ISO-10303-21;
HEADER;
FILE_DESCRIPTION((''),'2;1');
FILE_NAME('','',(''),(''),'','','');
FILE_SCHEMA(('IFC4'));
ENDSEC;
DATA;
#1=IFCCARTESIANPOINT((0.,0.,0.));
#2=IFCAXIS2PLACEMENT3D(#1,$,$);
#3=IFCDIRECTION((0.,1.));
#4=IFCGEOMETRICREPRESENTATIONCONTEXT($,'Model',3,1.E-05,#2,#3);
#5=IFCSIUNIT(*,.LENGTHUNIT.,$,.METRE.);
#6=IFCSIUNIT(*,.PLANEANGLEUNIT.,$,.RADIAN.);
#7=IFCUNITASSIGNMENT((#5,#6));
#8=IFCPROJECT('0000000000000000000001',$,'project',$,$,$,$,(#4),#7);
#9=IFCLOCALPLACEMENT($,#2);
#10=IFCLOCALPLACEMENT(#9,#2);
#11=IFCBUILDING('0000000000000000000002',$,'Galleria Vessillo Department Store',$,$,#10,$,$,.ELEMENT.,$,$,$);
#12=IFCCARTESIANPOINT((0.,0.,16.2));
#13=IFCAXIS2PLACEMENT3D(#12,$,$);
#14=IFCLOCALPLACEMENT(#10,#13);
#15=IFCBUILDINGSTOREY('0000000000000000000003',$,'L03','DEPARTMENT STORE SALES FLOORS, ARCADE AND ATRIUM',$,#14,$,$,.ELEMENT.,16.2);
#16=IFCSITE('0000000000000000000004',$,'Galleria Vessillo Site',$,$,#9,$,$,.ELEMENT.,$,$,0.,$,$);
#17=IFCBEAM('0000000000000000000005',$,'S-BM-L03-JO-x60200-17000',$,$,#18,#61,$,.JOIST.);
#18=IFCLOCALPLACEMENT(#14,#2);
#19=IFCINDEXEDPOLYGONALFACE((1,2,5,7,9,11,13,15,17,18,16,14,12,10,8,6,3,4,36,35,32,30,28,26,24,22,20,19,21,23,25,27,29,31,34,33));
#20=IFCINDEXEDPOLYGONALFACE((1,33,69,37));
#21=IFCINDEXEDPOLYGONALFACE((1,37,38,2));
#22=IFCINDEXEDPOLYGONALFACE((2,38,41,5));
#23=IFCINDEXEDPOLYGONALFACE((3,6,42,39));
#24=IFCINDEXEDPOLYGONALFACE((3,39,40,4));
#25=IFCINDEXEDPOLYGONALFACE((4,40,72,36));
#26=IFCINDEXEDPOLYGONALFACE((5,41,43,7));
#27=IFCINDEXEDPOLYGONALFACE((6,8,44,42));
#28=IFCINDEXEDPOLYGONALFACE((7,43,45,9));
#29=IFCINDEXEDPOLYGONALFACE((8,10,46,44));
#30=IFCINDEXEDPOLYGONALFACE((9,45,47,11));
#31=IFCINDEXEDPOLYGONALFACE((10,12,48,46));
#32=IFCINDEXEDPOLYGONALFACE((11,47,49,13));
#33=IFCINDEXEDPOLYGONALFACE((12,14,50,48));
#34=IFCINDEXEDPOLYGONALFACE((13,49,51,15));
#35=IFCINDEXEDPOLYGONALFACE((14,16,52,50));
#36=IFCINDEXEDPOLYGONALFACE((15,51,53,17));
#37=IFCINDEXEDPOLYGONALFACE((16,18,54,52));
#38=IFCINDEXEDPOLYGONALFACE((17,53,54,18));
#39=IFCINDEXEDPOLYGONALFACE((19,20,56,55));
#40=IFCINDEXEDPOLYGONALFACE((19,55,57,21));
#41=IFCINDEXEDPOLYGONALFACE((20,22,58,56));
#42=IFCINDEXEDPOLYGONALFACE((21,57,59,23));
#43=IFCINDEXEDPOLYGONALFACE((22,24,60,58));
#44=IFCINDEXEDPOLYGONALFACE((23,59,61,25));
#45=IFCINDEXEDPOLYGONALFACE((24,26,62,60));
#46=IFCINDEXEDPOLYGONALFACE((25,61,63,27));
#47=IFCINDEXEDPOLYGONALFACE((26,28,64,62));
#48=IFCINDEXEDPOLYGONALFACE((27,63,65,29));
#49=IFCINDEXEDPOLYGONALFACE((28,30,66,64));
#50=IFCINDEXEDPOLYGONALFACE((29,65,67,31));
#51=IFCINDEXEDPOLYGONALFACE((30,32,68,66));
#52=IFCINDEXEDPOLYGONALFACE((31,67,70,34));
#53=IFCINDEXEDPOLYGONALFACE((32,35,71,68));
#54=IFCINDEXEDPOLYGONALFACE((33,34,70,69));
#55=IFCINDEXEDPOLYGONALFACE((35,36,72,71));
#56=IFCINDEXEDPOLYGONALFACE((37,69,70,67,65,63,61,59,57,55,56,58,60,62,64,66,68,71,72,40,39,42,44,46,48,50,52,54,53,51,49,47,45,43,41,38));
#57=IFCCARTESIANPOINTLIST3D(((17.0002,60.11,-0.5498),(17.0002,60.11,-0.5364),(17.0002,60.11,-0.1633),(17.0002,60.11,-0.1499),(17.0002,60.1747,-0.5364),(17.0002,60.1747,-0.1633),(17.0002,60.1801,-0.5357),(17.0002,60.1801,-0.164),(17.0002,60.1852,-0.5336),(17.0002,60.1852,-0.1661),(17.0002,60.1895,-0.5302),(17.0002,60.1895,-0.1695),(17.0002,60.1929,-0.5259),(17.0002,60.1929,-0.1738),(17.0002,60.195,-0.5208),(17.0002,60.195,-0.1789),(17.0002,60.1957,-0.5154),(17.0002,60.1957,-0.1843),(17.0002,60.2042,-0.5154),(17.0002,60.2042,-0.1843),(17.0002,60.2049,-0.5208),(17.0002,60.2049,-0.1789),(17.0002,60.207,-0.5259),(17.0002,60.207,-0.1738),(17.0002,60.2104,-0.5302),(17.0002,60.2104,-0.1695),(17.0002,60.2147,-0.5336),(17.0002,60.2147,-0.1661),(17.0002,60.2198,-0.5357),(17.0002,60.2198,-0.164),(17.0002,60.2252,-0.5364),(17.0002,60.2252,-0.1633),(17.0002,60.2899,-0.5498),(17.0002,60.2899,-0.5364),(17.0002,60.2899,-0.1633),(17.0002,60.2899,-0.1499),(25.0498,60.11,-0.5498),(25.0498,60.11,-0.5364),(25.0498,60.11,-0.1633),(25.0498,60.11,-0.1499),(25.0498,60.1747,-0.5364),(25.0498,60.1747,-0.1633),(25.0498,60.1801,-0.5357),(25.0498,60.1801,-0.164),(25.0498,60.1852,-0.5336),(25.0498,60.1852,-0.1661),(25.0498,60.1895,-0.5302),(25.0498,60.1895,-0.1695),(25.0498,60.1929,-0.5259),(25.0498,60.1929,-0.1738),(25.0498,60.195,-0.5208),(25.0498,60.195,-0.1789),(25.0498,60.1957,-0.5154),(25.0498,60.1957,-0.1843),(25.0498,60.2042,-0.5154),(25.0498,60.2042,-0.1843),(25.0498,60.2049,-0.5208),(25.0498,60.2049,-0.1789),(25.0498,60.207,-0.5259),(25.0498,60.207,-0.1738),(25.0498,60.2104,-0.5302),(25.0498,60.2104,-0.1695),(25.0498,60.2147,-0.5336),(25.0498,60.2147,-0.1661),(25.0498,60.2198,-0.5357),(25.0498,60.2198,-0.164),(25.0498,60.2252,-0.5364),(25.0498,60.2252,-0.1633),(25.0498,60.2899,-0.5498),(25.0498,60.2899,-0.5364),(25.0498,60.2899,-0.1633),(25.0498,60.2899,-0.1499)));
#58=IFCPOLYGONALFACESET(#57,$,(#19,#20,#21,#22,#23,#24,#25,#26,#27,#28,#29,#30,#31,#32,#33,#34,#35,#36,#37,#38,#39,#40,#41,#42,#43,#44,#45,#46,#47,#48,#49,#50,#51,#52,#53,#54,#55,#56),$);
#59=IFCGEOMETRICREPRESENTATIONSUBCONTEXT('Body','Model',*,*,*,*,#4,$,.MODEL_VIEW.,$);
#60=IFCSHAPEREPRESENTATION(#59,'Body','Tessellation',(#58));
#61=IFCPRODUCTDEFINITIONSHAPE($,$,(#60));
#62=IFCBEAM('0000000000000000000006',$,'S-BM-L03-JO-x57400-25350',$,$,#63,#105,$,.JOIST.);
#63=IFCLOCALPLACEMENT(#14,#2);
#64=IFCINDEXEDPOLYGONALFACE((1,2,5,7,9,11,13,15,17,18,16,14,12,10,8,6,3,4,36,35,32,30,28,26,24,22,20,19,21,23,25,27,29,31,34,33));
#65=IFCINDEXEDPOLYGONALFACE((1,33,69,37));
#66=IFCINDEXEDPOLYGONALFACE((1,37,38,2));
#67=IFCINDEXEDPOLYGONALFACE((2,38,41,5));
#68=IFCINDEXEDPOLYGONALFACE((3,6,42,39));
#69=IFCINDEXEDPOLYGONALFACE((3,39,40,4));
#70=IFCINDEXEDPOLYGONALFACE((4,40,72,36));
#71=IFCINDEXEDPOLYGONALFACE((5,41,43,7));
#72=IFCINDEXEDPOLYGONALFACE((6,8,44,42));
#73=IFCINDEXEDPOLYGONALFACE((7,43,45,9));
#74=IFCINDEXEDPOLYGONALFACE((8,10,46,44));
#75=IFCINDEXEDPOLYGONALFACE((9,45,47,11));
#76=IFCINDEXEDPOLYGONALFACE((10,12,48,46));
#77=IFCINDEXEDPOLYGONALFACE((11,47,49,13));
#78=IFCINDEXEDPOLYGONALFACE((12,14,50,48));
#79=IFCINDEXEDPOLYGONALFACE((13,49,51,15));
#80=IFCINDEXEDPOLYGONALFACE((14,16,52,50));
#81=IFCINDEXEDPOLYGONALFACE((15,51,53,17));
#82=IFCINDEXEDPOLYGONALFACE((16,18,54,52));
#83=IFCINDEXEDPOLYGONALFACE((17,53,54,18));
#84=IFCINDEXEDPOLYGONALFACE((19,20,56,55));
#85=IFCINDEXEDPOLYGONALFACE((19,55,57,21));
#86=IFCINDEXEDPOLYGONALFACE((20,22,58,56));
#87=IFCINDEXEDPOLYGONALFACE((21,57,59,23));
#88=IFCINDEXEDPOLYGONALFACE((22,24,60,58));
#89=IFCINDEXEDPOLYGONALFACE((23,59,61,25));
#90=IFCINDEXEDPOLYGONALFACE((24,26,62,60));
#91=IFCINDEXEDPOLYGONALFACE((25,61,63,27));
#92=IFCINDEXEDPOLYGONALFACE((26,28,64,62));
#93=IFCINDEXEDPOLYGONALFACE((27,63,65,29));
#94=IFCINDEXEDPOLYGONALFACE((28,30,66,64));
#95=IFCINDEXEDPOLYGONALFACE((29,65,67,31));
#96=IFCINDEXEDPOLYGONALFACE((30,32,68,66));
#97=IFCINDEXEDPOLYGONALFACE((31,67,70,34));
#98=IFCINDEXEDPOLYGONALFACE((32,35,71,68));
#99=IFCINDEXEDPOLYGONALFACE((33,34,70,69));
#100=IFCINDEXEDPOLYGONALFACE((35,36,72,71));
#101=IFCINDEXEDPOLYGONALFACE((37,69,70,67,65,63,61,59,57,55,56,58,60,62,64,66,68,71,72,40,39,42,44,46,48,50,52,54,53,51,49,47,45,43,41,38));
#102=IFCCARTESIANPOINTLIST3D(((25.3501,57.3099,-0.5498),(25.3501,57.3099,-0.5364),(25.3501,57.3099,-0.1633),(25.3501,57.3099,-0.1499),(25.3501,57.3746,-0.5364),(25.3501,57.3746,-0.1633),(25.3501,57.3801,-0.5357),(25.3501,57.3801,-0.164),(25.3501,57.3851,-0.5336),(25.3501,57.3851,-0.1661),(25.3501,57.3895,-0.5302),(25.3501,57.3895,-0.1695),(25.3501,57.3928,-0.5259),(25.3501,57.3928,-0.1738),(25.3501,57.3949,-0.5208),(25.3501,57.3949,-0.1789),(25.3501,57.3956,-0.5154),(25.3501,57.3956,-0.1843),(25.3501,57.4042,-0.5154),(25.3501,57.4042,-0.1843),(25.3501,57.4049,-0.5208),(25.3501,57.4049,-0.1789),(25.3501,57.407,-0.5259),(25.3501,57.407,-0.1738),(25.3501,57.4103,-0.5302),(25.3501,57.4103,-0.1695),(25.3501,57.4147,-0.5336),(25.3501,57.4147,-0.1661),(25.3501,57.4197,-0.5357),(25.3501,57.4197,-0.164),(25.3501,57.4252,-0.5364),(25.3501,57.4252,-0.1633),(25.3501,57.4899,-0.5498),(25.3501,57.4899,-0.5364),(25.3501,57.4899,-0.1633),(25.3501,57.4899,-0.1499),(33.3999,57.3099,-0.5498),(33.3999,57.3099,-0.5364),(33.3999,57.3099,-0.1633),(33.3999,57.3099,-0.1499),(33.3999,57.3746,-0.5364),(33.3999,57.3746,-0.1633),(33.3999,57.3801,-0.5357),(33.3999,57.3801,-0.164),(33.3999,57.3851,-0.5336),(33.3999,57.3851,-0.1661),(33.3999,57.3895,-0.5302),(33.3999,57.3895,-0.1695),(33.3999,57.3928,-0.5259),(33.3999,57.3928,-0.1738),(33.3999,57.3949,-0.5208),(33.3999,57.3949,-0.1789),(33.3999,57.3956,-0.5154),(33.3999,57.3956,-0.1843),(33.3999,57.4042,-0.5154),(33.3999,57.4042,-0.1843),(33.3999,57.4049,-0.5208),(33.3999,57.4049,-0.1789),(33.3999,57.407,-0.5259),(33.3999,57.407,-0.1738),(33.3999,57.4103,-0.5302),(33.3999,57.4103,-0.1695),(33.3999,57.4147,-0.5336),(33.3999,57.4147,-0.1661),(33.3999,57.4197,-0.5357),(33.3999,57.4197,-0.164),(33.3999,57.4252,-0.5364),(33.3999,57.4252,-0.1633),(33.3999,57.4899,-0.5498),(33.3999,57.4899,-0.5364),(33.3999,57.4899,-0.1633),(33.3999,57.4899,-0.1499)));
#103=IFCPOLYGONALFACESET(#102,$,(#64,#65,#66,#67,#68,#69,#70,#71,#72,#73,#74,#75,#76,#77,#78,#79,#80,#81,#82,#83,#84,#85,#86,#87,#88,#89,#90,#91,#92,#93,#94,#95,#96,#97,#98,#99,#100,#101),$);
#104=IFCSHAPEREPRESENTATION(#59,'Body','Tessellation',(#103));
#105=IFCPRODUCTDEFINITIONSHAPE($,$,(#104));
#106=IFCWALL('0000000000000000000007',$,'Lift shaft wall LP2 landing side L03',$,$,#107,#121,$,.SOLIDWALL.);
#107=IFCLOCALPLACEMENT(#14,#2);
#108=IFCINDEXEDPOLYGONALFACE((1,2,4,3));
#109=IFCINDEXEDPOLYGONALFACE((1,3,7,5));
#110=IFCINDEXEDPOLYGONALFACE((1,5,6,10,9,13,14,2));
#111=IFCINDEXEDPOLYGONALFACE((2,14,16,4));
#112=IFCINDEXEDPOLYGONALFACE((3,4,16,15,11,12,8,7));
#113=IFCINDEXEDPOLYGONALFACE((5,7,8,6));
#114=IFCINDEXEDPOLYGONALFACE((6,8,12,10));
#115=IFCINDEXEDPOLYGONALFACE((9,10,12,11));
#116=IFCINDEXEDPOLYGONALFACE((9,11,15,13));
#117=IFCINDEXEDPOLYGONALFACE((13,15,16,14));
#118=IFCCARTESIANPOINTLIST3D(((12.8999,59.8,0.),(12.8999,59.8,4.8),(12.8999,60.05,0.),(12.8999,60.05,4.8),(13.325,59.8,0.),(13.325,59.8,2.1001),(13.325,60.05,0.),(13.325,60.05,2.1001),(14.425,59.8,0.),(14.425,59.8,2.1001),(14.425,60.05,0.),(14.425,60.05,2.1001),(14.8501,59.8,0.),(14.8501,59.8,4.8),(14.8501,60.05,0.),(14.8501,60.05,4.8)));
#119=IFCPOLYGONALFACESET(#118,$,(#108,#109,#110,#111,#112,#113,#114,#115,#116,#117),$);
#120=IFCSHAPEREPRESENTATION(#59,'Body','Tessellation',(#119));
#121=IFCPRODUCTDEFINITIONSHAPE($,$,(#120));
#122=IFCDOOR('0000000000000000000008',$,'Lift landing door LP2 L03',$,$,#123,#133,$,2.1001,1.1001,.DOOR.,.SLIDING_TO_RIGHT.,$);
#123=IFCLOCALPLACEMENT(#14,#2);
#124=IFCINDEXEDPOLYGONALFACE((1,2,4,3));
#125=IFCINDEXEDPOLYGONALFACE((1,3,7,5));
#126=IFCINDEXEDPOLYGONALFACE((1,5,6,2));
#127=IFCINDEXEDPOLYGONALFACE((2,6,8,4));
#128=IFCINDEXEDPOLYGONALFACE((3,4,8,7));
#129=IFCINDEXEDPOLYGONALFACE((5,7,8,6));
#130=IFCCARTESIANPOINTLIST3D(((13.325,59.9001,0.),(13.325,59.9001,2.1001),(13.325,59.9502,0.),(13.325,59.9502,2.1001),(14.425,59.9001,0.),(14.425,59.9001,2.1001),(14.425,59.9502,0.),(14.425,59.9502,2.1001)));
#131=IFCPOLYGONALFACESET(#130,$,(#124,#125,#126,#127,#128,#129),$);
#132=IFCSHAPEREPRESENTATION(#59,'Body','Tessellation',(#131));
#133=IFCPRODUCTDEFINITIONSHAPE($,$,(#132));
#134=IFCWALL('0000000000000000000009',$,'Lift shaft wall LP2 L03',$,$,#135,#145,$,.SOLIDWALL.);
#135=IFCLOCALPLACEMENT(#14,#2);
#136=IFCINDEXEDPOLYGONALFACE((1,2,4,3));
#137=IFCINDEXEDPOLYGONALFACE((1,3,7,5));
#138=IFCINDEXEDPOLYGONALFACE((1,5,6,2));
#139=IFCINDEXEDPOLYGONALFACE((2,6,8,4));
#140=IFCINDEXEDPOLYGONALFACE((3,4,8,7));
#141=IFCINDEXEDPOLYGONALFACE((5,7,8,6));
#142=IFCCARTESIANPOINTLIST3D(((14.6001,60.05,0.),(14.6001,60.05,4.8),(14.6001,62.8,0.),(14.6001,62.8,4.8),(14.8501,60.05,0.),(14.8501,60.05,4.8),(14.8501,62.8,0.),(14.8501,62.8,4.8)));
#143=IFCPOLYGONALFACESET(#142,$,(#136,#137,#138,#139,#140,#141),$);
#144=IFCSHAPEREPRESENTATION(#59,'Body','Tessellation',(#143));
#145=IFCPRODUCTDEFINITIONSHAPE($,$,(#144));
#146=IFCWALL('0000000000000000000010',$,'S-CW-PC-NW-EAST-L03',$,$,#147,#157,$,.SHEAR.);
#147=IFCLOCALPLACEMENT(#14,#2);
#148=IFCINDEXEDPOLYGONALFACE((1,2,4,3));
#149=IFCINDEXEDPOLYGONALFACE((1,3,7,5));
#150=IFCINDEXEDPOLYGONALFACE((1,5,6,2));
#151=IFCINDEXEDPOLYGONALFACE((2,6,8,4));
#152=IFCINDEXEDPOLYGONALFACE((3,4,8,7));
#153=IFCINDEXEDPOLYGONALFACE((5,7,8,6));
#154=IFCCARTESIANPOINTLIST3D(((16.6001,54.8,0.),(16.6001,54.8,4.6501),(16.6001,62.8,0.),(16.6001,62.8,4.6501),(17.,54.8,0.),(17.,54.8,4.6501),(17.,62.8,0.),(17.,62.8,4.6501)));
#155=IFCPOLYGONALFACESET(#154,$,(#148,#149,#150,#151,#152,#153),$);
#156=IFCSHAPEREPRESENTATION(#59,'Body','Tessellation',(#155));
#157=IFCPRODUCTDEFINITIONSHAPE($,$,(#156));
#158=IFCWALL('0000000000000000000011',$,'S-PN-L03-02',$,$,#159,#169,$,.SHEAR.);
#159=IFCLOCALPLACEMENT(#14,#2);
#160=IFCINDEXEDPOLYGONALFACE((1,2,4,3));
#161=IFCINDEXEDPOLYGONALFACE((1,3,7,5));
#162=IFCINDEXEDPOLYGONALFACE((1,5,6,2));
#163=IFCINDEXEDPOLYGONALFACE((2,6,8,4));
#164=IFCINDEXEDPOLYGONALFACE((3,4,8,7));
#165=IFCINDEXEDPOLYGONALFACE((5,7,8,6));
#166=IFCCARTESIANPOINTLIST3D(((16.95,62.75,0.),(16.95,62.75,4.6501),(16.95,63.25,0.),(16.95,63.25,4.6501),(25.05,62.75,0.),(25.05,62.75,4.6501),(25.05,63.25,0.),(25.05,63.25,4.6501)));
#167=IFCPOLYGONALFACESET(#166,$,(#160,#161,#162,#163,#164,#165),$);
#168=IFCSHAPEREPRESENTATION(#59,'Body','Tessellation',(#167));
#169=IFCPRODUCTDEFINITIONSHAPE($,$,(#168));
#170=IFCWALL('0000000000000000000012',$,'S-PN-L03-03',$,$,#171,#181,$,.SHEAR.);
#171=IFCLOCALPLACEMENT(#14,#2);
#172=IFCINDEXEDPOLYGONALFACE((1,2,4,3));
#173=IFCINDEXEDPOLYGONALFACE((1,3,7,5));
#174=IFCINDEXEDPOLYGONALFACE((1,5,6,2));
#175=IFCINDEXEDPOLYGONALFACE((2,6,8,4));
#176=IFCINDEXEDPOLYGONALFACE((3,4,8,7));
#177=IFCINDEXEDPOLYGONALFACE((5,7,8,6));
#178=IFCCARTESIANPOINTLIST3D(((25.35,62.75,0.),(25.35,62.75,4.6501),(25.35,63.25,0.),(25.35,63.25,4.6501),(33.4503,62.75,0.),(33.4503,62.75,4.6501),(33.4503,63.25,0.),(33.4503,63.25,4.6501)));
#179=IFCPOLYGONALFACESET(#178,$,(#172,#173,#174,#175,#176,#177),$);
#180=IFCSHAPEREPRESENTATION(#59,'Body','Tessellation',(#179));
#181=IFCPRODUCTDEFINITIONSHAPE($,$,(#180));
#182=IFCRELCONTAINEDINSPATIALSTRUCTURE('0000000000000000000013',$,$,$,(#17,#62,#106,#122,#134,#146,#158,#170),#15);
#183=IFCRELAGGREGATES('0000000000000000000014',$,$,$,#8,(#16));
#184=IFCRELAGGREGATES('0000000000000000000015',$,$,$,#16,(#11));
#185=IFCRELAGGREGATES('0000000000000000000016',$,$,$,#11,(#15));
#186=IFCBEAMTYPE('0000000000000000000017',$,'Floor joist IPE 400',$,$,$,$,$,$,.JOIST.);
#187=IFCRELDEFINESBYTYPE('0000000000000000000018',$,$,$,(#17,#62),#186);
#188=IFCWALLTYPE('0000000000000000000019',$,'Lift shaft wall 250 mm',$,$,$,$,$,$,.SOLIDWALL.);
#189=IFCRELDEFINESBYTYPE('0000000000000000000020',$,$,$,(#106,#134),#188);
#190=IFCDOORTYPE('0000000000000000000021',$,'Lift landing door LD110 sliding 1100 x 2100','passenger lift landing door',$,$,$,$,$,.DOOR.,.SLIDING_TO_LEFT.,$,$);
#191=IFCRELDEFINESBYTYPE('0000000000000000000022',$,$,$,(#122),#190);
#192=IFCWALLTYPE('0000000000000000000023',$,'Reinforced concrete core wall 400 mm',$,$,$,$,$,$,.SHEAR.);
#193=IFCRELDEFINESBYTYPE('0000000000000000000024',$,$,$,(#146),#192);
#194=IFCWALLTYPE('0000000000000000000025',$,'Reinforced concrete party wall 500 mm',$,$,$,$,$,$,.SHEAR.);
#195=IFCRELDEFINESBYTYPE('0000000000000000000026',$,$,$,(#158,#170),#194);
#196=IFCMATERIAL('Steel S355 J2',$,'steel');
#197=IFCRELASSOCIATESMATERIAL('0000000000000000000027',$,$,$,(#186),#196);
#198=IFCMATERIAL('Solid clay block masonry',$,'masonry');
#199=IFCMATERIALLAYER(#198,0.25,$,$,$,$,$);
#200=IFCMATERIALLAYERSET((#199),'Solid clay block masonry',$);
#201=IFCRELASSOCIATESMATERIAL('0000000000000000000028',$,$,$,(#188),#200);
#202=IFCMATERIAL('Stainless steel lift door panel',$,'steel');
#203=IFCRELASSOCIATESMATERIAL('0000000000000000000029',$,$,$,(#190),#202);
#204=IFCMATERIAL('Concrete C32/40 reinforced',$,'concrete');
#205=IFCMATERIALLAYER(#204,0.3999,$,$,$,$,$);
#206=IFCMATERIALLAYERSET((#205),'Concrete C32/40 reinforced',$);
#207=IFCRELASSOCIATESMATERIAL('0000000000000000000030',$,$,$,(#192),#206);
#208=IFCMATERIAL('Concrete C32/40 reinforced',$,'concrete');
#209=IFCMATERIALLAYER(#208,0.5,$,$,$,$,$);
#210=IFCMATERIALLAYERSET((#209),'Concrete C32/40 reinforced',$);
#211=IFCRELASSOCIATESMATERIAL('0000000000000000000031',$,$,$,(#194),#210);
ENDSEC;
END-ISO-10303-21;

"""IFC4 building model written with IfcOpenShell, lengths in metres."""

from ifc_helpers import new_model, si_unit, direction, frame, frame_2d, origin, origin_2d, place, context, subcontext, project, spatial, rectangle, i_section, extrude, material, layer, layer_set, material_profile, profile_set, type_object, element, fill, save


model = new_model("IFC4")

# Units and contexts
model_context = context("Model", 3, precision=1e-05, world=origin(), true_north=direction((0.0, 1.0)))
body_context = subcontext(model_context, "Body", "Model", "MODEL_VIEW")
ifc_project = project(units=[si_unit("LENGTHUNIT", "METRE"), si_unit("PLANEANGLEUNIT", "RADIAN")], contexts=[model_context])

# Site, building, storey
site_placement = place(None, origin())
site = spatial("IfcSite", under=ifc_project, at=site_placement, Name="Galleria Vessillo Site", CompositionType="ELEMENT", RefElevation=0.0)
building_placement = place(site_placement, origin())
building = spatial("IfcBuilding", under=site, at=building_placement, Name="Galleria Vessillo Department Store", CompositionType="ELEMENT")
storey_placement = place(building_placement, frame((0.0, 0.0, 16.2)))
storey = spatial("IfcBuildingStorey", under=building, at=storey_placement, Name="L03", Description="DEPARTMENT STORE SALES FLOORS, ARCADE AND ATRIUM", CompositionType="ELEMENT", Elevation=16.2)

# Beams
ifc_material_1 = material(Name="Steel S355 J2", Category="steel")
ifc_material_profile_1 = material_profile(ifc_material_1, i_section(OverallWidth=0.1799, OverallDepth=0.3999, WebThickness=0.0085, FlangeThickness=0.0134, FilletRadius=0.021, at=origin_2d()), Name="IPE 400")
ifc_profile_set_1 = profile_set([ifc_material_profile_1], Name="Steel S355 J2")
beam_type_1 = type_object("IfcBeamType", Name="Floor joist IPE 400", PredefinedType="JOIST", material=ifc_profile_set_1)
for number, where, z_axis, x_axis, name in (
    (1, (17.0002, 60.2, -0.3499), (1.0, 0.0, 0.0), (0.0, 1.0, 0.0), "S-BM-L03-JO-x60200-17000"),
):
    element("IfcBeam", number, at=place(storey_placement, frame(where, z_axis=z_axis, x_axis=x_axis)), inside=storey, type_object=beam_type_1, Name=name, PredefinedType="JOIST", context=body_context, shape_type="SweptSolid", body=[
        extrude(i_section(OverallWidth=0.1799, OverallDepth=0.3999, WebThickness=0.0085, FlangeThickness=0.0134, FilletRadius=0.021, at=origin_2d()), origin(), (0.0, 0.0, 1.0), 8.0496),
    ])
beam_1_placement = place(storey_placement, frame((25.3501, 57.3999, -0.3499), z_axis=(1.0, 0.0, 0.0), x_axis=(0.0, 1.0, 0.0)))
element("IfcBeam", 2, at=beam_1_placement, inside=storey, type_object=beam_type_1, Name="S-BM-L03-JO-x57400-25350", PredefinedType="JOIST", context=body_context, shape_type="SweptSolid", body=[
    extrude(i_section(OverallWidth=0.1799, OverallDepth=0.3999, WebThickness=0.0085, FlangeThickness=0.0134, FilletRadius=0.021, at=origin_2d()), origin(), (0.0, 0.0, 1.0), 8.0498),
])

# Wall, opening, door
ifc_material_2 = material(Name="Solid clay block masonry", Category="masonry")
ifc_layer_1 = layer(ifc_material_2, 0.25)
ifc_layer_set_1 = layer_set([ifc_layer_1], Name="Solid clay block masonry")
wall_type_1 = type_object("IfcWallType", Name="Lift shaft wall 250 mm", PredefinedType="SOLIDWALL", material=ifc_layer_set_1)
wall_1_placement = place(storey_placement, frame((12.8999, 59.925, 0.0), z_axis=(0.0, 0.0, 1.0), x_axis=(1.0, 0.0, 0.0)))
wall_1 = element("IfcWall", 3, at=wall_1_placement, inside=storey, type_object=wall_type_1, Name="Lift shaft wall LP2 landing side L03", PredefinedType="SOLIDWALL", context=body_context, shape_type="SweptSolid", body=[
    extrude(rectangle(XDim=1.9502, YDim=0.25, at=frame_2d((0.9751, 0.0))), origin(), (0.0, 0.0, 1.0), 4.8),
])
opening_1_placement = place(wall_1_placement, frame((0.425, 0.0, 0.0)))
opening_1 = element("IfcOpeningElement", 4, at=opening_1_placement, cuts=wall_1, PredefinedType="OPENING", context=body_context, shape_type="SweptSolid", body=[
    extrude(rectangle(XDim=1.1001, YDim=2.1001, at=frame_2d((0.55, 1.05))), frame((0.0, 0.135, 0.0), z_axis=(0.0, -1.0, 0.0), x_axis=(1.0, 0.0, 0.0)), (0.0, 0.0, 1.0), 0.27),
])
ifc_material_3 = material(Name="Stainless steel lift door panel", Category="steel")
door_type_1 = type_object("IfcDoorType", Name="Lift landing door LD110 sliding 1100 x 2100", Description="passenger lift landing door", OperationType="SLIDING_TO_LEFT", PredefinedType="DOOR", material=ifc_material_3)
door_1_placement = place(opening_1_placement, frame((1.1001, 0.0, 0.0), z_axis=(0.0, 0.0, 1.0), x_axis=(-1.0, 0.0, 0.0)))
door_1 = element("IfcDoor", 5, at=door_1_placement, inside=storey, type_object=door_type_1, Name="Lift landing door LP2 L03", OperationType="SLIDING_TO_RIGHT", OverallHeight=2.1001, OverallWidth=1.1001, PredefinedType="DOOR", context=body_context, shape_type="SweptSolid", body=[
    extrude(rectangle(XDim=1.1001, YDim=2.1001, at=frame_2d((0.55, 1.05))), frame((0.0, 0.0249, 0.0), z_axis=(0.0, -1.0, 0.0), x_axis=(1.0, 0.0, 0.0)), (0.0, 0.0, 1.0), 0.05),
])
fill(opening_1, door_1)

# Walls
wall_2_placement = place(storey_placement, frame((14.7251, 62.8, 0.0), z_axis=(0.0, 0.0, 1.0), x_axis=(0.0, -1.0, 0.0)))
element("IfcWall", 6, at=wall_2_placement, inside=storey, type_object=wall_type_1, Name="Lift shaft wall LP2 L03", PredefinedType="SOLIDWALL", context=body_context, shape_type="SweptSolid", body=[
    extrude(rectangle(XDim=2.75, YDim=0.25, at=frame_2d((1.375, 0.0))), origin(), (0.0, 0.0, 1.0), 4.8),
])
ifc_material_4 = material(Name="Concrete C32/40 reinforced", Category="concrete")
ifc_layer_2 = layer(ifc_material_4, 0.3999)
ifc_layer_set_2 = layer_set([ifc_layer_2], Name="Concrete C32/40 reinforced")
wall_type_2 = type_object("IfcWallType", Name="Reinforced concrete core wall 400 mm", PredefinedType="SHEAR", material=ifc_layer_set_2)
wall_3_placement = place(storey_placement, frame((16.8, 54.8, 0.0), z_axis=(0.0, 0.0, 1.0), x_axis=(0.0, 1.0, 0.0)))
element("IfcWall", 7, at=wall_3_placement, inside=storey, type_object=wall_type_2, Name="S-CW-PC-NW-EAST-L03", PredefinedType="SHEAR", context=body_context, shape_type="SweptSolid", body=[
    extrude(rectangle(XDim=8.0, YDim=0.3999, at=frame_2d((4.0, 0.0))), origin(), (0.0, 0.0, 1.0), 4.6501),
])
ifc_material_5 = material(Name="Concrete C32/40 reinforced", Category="concrete")
ifc_layer_3 = layer(ifc_material_5, 0.5)
ifc_layer_set_3 = layer_set([ifc_layer_3], Name="Concrete C32/40 reinforced")
wall_type_3 = type_object("IfcWallType", Name="Reinforced concrete party wall 500 mm", PredefinedType="SHEAR", material=ifc_layer_set_3)
wall_4_placement = place(storey_placement, frame((16.95, 63.0, 0.0), z_axis=(0.0, 0.0, 1.0), x_axis=(1.0, 0.0, 0.0)))
element("IfcWall", 8, at=wall_4_placement, inside=storey, type_object=wall_type_3, Name="S-PN-L03-02", PredefinedType="SHEAR", context=body_context, shape_type="SweptSolid", body=[
    extrude(rectangle(XDim=8.1001, YDim=0.5, at=frame_2d((4.05, 0.0))), origin(), (0.0, 0.0, 1.0), 4.6501),
])
wall_5_placement = place(storey_placement, frame((25.3499, 63.0, 0.0), z_axis=(0.0, 0.0, 1.0), x_axis=(1.0, 0.0, 0.0)))
element("IfcWall", 9, at=wall_5_placement, inside=storey, type_object=wall_type_3, Name="S-PN-L03-03", PredefinedType="SHEAR", context=body_context, shape_type="SweptSolid", body=[
    extrude(rectangle(XDim=8.1003, YDim=0.5, at=frame_2d((4.0503, 0.0))), origin(), (0.0, 0.0, 1.0), 4.6501),
])

save(model, "model.ifc")
